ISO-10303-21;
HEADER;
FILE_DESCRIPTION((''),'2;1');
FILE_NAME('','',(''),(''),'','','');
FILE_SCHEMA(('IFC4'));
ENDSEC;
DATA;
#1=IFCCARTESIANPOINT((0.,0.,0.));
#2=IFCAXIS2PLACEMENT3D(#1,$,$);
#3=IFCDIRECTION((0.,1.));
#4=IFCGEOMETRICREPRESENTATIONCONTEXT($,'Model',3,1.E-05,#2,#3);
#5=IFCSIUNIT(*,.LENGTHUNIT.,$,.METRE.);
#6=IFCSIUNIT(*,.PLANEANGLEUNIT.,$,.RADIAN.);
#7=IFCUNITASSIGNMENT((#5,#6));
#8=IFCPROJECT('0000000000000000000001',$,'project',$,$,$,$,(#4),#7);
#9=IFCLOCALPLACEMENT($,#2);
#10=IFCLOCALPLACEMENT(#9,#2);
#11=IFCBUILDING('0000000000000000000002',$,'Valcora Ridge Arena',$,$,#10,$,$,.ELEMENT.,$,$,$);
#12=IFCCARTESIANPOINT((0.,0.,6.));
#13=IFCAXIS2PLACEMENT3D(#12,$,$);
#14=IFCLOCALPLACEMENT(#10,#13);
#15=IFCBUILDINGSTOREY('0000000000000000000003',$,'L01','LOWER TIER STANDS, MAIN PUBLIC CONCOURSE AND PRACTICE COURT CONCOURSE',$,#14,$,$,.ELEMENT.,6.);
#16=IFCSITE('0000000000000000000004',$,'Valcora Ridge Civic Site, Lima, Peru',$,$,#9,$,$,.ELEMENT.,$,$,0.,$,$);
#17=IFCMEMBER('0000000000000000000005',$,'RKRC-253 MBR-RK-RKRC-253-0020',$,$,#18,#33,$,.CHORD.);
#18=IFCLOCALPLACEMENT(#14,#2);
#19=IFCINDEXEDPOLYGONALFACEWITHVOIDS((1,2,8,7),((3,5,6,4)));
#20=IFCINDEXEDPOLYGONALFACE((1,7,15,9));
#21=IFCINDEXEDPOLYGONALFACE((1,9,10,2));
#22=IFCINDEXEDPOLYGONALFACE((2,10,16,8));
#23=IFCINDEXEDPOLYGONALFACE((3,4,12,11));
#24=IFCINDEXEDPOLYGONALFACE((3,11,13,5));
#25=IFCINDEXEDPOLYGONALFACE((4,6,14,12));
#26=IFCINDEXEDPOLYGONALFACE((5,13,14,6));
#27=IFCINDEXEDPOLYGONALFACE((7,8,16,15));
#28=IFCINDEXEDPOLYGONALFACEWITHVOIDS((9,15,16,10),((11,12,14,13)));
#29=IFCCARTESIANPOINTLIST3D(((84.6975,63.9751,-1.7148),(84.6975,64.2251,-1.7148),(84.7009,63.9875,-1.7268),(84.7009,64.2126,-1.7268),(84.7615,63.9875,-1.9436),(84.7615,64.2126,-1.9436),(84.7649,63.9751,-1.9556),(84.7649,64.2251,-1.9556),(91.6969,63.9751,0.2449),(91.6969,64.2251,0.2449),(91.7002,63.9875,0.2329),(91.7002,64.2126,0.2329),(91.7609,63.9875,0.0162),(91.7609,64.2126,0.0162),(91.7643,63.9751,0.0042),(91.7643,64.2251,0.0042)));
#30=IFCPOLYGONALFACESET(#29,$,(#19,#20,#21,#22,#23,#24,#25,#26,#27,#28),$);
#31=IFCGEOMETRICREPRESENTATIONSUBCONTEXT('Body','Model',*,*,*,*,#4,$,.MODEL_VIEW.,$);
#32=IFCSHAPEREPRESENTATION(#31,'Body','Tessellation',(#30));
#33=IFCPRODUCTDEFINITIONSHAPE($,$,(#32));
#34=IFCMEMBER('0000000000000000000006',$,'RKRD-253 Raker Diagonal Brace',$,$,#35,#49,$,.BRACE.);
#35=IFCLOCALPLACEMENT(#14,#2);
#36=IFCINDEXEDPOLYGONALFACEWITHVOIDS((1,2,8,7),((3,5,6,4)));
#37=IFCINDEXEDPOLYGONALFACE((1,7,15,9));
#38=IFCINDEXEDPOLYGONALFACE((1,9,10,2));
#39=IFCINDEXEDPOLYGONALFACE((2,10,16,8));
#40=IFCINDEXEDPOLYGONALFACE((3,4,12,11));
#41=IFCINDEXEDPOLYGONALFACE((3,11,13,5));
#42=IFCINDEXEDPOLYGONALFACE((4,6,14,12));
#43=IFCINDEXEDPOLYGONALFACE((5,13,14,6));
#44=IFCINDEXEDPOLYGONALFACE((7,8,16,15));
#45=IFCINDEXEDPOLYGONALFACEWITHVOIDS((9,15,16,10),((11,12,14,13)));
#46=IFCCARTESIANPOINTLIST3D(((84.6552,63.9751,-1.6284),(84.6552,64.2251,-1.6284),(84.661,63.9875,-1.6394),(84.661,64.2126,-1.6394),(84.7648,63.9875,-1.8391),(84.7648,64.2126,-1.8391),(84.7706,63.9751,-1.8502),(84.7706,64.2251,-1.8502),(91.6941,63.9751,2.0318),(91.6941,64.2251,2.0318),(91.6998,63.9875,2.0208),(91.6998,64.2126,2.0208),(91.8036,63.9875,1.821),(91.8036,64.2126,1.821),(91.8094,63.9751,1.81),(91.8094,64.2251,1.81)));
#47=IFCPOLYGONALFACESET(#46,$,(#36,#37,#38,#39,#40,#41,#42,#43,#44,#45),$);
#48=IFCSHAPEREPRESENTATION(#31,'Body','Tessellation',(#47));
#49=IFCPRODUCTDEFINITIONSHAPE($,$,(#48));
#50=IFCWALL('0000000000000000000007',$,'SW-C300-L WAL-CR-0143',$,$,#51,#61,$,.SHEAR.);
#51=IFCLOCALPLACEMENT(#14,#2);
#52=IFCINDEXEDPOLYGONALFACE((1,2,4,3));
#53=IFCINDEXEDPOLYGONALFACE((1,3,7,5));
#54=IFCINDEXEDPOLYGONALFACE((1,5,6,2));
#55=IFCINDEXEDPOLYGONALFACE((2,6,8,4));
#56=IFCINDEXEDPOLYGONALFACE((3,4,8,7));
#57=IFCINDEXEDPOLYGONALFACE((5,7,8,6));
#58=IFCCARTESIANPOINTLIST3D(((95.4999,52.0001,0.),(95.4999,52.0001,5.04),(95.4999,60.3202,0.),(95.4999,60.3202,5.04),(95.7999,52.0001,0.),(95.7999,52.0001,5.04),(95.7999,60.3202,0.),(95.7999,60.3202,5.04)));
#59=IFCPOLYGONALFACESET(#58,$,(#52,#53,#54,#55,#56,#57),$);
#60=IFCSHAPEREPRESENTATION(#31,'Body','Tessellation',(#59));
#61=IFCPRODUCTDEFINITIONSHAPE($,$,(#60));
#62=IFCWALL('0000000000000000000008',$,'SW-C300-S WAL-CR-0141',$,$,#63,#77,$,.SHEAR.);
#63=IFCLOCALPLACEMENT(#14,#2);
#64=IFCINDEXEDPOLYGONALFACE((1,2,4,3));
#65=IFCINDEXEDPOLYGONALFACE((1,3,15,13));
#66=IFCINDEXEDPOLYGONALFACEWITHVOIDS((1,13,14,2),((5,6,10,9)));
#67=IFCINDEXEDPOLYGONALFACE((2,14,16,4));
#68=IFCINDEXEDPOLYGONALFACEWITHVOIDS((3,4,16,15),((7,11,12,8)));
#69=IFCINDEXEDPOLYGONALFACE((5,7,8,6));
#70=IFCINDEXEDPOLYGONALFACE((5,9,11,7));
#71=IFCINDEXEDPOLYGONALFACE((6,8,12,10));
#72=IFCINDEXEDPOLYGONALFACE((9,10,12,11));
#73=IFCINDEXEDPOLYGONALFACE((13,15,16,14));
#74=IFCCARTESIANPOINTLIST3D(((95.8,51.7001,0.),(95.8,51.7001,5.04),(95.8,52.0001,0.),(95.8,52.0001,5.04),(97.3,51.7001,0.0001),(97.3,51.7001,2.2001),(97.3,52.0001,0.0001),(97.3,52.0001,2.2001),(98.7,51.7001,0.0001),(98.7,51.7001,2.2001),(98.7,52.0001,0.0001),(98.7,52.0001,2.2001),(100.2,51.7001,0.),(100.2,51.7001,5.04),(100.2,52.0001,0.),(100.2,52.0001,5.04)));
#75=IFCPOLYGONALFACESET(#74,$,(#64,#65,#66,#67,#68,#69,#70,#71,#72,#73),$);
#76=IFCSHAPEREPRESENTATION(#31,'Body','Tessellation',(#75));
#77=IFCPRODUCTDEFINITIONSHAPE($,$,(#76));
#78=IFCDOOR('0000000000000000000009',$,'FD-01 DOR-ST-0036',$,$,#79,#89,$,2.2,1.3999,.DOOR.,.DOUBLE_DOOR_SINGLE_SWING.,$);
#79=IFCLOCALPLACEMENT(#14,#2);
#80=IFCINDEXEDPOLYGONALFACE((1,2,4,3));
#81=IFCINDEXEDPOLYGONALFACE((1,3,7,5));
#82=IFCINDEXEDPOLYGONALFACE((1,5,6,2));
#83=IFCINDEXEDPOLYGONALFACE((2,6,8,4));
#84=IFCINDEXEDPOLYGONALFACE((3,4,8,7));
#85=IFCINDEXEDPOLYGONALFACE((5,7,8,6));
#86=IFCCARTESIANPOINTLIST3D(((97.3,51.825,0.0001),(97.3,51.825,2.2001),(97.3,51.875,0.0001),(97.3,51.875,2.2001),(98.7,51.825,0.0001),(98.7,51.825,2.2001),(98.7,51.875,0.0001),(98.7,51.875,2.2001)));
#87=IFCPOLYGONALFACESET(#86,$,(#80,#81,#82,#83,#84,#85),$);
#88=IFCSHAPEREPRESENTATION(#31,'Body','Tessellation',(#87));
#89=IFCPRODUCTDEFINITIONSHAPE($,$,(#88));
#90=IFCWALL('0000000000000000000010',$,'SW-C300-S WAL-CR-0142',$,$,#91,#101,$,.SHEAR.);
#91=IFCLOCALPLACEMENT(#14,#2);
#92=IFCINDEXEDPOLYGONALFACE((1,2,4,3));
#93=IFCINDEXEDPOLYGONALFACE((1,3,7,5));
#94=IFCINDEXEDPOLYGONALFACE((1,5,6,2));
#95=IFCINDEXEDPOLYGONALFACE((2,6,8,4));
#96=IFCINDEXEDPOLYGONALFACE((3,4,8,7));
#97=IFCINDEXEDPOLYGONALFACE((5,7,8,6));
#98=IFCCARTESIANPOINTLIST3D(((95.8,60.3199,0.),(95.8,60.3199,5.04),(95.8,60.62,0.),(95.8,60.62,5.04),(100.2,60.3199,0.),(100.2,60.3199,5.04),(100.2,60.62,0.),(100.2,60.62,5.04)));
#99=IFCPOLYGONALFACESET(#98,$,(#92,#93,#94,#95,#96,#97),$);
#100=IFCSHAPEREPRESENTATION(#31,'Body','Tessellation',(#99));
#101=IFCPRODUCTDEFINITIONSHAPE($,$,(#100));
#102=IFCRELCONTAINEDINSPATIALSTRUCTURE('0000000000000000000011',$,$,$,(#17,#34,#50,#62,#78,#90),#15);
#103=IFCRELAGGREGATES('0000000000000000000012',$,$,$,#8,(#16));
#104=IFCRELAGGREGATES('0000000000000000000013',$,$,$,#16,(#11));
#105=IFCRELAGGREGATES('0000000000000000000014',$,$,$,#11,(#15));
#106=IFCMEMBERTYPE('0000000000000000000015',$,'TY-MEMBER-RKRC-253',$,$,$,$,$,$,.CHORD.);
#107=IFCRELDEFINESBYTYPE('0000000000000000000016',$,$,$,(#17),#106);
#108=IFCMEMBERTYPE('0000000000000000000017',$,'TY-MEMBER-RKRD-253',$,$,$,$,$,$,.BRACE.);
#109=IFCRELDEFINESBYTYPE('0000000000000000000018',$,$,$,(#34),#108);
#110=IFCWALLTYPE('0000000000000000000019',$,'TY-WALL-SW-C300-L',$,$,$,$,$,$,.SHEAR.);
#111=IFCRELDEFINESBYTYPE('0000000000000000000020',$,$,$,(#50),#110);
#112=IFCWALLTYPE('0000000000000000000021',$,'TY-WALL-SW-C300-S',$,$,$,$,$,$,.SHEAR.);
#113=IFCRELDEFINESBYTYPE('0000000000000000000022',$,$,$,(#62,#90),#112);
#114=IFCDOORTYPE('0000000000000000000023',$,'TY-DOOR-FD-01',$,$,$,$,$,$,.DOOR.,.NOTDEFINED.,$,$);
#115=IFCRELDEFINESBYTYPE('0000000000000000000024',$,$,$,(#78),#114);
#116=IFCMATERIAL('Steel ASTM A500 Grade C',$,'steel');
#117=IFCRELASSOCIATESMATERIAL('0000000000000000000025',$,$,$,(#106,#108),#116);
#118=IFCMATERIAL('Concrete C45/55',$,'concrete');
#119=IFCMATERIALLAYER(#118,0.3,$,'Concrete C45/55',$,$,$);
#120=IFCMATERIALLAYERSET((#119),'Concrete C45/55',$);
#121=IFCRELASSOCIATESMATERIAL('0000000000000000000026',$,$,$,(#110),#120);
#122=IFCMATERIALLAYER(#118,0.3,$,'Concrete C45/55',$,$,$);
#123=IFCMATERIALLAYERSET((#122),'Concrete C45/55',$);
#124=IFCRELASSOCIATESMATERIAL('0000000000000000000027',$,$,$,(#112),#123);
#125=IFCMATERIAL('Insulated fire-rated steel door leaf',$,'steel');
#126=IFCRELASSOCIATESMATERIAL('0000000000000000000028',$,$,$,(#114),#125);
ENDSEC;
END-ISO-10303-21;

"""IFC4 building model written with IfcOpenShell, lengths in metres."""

from ifc_helpers import new_model, si_unit, direction, frame, frame_2d, origin, origin_2d, place, context, subcontext, project, spatial, rectangle, hollow_rectangle, extrude, material, layer, layer_set, material_profile, profile_set, type_object, element, fill, save


model = new_model("IFC4")

# Units and contexts
model_context = context("Model", 3, precision=1e-05, world=origin(), true_north=direction((0.0, 1.0)))
body_context = subcontext(model_context, "Body", "Model", "MODEL_VIEW")
ifc_project = project(units=[si_unit("LENGTHUNIT", "METRE"), si_unit("PLANEANGLEUNIT", "RADIAN")], contexts=[model_context])

# Site, building, storey
site_placement = place(None, origin())
site = spatial("IfcSite", under=ifc_project, at=site_placement, Name="Valcora Ridge Civic Site, Lima, Peru", CompositionType="ELEMENT", RefElevation=0.0)
building_placement = place(site_placement, origin())
building = spatial("IfcBuilding", under=site, at=building_placement, Name="Valcora Ridge Arena", CompositionType="ELEMENT")
storey_placement = place(building_placement, frame((0.0, 0.0, 6.0)))
storey = spatial("IfcBuildingStorey", under=building, at=storey_placement, Name="L01", Description="LOWER TIER STANDS, MAIN PUBLIC CONCOURSE AND PRACTICE COURT CONCOURSE", CompositionType="ELEMENT", Elevation=6.0)

# Shared definitions
ifc_material_1 = material(Name="Concrete C45/55", Category="concrete")

# Members
ifc_material_2 = material(Name="Steel ASTM A500 Grade C", Category="steel")
ifc_material_profile_1 = material_profile(ifc_material_2, hollow_rectangle(XDim=0.25, YDim=0.25, WallThickness=0.0125, at=origin_2d()), Name="HSS250X250X12")
ifc_profile_set_1 = profile_set([ifc_material_profile_1], Name="Steel ASTM A500 Grade C")
member_type_1 = type_object("IfcMemberType", Name="TY-MEMBER-RKRC-253", PredefinedType="CHORD", material=ifc_profile_set_1)
member_1_placement = place(storey_placement, frame((84.7312, 64.1001, -1.8352), z_axis=(0.962967, 0.0, 0.26962), x_axis=(0.0, 1.0, 0.0)))
element("IfcMember", 1, at=member_1_placement, inside=storey, type_object=member_type_1, Name="RKRC-253 MBR-RK-RKRC-253-0020", PredefinedType="CHORD", context=body_context, shape_type="SweptSolid", body=[
    extrude(hollow_rectangle(XDim=0.25, YDim=0.25, WallThickness=0.0125, at=origin_2d()), origin(), (0.0, 0.0, 1.0), 7.2686),
])
ifc_material_profile_2 = material_profile(ifc_material_2, hollow_rectangle(XDim=0.25, YDim=0.25, WallThickness=0.0125, at=origin_2d()), Name="HSS250X250X12")
ifc_profile_set_2 = profile_set([ifc_material_profile_2], Name="Steel ASTM A500 Grade C")
member_type_2 = type_object("IfcMemberType", Name="TY-MEMBER-RKRD-253", PredefinedType="BRACE", material=ifc_profile_set_2)
member_2_placement = place(storey_placement, frame((84.7129, 64.1001, -1.7393), z_axis=(0.887218, 0.0, 0.46135), x_axis=(0.0, 1.0, 0.0)))
element("IfcMember", 2, at=member_2_placement, inside=storey, type_object=member_type_2, Name="RKRD-253 Raker Diagonal Brace", PredefinedType="BRACE", context=body_context, shape_type="SweptSolid", body=[
    extrude(hollow_rectangle(XDim=0.25, YDim=0.25, WallThickness=0.0125, at=origin_2d()), origin(), (0.0, 0.0, 1.0), 7.9336),
])

# Wall
ifc_layer_1 = layer(ifc_material_1, 0.3, Name="Concrete C45/55")
ifc_layer_set_1 = layer_set([ifc_layer_1], Name="Concrete C45/55")
wall_type_1 = type_object("IfcWallType", Name="TY-WALL-SW-C300-L", PredefinedType="SHEAR", material=ifc_layer_set_1)
wall_1_placement = place(storey_placement, frame((95.6499, 52.0, 0.0), z_axis=(0.0, 0.0, 1.0), x_axis=(0.0, 1.0, 0.0)))
element("IfcWall", 3, at=wall_1_placement, inside=storey, type_object=wall_type_1, Name="SW-C300-L WAL-CR-0143", PredefinedType="SHEAR", context=body_context, shape_type="SweptSolid", body=[
    extrude(rectangle(XDim=8.3201, YDim=0.3, at=frame_2d((4.1602, 0.0))), origin(), (0.0, 0.0, 1.0), 5.04),
])

# Wall, opening, door
ifc_layer_2 = layer(ifc_material_1, 0.3, Name="Concrete C45/55")
ifc_layer_set_2 = layer_set([ifc_layer_2], Name="Concrete C45/55")
wall_type_2 = type_object("IfcWallType", Name="TY-WALL-SW-C300-S", PredefinedType="SHEAR", material=ifc_layer_set_2)
wall_2_placement = place(storey_placement, frame((95.8, 51.8501, 0.0), z_axis=(0.0, 0.0, 1.0), x_axis=(1.0, 0.0, 0.0)))
wall_2 = element("IfcWall", 4, at=wall_2_placement, inside=storey, type_object=wall_type_2, Name="SW-C300-S WAL-CR-0141", PredefinedType="SHEAR", context=body_context, shape_type="SweptSolid", body=[
    extrude(rectangle(XDim=4.3999, YDim=0.3, at=frame_2d((2.2, 0.0))), origin(), (0.0, 0.0, 1.0), 5.04),
])
opening_placement = place(wall_2_placement, frame((1.5, 0.0, 0.0)))
opening = element("IfcOpeningElement", 5, at=opening_placement, cuts=wall_2, PredefinedType="OPENING", context=body_context, shape_type="SweptSolid", body=[
    extrude(rectangle(XDim=1.3999, YDim=2.2, at=frame_2d((0.7, 1.1001))), frame((0.0, 0.1599, 0.0), z_axis=(0.0, -1.0, 0.0), x_axis=(1.0, 0.0, 0.0)), (0.0, 0.0, 1.0), 0.3201),
])
ifc_material_3 = material(Name="Insulated fire-rated steel door leaf", Category="steel")
door_type = type_object("IfcDoorType", Name="TY-DOOR-FD-01", OperationType="NOTDEFINED", PredefinedType="DOOR", material=ifc_material_3)
door_placement = place(opening_placement, origin())
door = element("IfcDoor", 6, at=door_placement, inside=storey, type_object=door_type, Name="FD-01 DOR-ST-0036", OperationType="DOUBLE_DOOR_SINGLE_SWING", OverallHeight=2.2, OverallWidth=1.3999, PredefinedType="DOOR", context=body_context, shape_type="SweptSolid", body=[
    extrude(rectangle(XDim=1.3999, YDim=2.2, at=frame_2d((0.7, 1.1001))), frame((0.0, 0.0249, 0.0), z_axis=(0.0, -1.0, 0.0), x_axis=(1.0, 0.0, 0.0)), (0.0, 0.0, 1.0), 0.05),
])
fill(opening, door)

# Wall
wall_3_placement = place(storey_placement, frame((95.8, 60.47, 0.0), z_axis=(0.0, 0.0, 1.0), x_axis=(1.0, 0.0, 0.0)))
element("IfcWall", 7, at=wall_3_placement, inside=storey, type_object=wall_type_2, Name="SW-C300-S WAL-CR-0142", PredefinedType="SHEAR", context=body_context, shape_type="SweptSolid", body=[
    extrude(rectangle(XDim=4.3999, YDim=0.3, at=frame_2d((2.2, 0.0))), origin(), (0.0, 0.0, 1.0), 5.04),
])

save(model, "model.ifc")
